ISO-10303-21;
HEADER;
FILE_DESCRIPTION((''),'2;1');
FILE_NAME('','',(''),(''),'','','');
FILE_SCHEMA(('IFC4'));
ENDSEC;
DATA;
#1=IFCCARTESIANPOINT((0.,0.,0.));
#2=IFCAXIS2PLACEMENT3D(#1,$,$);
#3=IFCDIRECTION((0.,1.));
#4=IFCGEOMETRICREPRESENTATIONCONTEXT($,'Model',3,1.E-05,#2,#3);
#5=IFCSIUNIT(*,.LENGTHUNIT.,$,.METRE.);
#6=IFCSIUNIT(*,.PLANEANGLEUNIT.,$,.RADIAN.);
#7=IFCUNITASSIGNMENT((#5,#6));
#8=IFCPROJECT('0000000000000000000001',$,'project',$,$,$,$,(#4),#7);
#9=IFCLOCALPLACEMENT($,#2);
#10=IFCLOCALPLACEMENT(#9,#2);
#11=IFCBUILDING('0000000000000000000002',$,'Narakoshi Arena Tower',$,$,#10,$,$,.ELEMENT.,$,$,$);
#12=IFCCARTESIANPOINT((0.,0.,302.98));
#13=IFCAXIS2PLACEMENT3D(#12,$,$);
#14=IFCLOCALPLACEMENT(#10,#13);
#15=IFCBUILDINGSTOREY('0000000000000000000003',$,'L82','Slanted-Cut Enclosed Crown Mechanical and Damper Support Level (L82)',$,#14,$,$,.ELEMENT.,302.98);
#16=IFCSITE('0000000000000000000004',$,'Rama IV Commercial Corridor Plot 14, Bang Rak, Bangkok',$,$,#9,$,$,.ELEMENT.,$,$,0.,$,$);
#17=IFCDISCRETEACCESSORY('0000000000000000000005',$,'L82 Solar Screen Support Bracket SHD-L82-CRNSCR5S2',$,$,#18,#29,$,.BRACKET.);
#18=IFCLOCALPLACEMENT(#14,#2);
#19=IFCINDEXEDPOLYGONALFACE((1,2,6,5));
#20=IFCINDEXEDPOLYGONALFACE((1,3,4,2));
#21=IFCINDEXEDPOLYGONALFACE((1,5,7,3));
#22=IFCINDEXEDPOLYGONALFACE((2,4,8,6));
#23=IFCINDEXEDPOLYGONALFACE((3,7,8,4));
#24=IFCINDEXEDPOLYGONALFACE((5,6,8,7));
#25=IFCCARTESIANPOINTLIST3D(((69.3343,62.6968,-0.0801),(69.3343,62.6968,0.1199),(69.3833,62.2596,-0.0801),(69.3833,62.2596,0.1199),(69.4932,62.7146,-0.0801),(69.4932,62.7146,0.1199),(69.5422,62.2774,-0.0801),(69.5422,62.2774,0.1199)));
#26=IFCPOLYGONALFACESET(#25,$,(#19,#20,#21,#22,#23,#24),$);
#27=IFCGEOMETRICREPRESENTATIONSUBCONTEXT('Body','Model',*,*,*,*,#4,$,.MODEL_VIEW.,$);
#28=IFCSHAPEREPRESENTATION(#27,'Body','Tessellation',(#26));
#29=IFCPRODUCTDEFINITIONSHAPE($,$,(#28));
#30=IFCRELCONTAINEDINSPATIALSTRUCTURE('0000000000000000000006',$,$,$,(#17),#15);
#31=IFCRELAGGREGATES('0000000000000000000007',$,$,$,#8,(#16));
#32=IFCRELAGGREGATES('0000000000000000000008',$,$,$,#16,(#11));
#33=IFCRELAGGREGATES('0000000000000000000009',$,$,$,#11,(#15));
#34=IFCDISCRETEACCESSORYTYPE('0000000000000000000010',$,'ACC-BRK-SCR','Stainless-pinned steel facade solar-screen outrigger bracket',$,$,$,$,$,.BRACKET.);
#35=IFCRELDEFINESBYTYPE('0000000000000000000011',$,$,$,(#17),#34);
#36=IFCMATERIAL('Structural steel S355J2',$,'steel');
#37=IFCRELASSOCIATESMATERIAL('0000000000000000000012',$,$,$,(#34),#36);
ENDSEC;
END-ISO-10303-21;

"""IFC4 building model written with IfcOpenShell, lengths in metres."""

from ifc_helpers import new_model, si_unit, direction, frame, origin, origin_2d, place, context, subcontext, project, spatial, rectangle, extrude, material, type_object, element, save


model = new_model("IFC4")

# Units and contexts
model_context = context("Model", 3, precision=1e-05, world=origin(), true_north=direction((0.0, 1.0)))
body_context = subcontext(model_context, "Body", "Model", "MODEL_VIEW")
ifc_project = project(units=[si_unit("LENGTHUNIT", "METRE"), si_unit("PLANEANGLEUNIT", "RADIAN")], contexts=[model_context])

# Site, building, storey
site_placement = place(None, origin())
site = spatial("IfcSite", under=ifc_project, at=site_placement, Name="Rama IV Commercial Corridor Plot 14, Bang Rak, Bangkok", CompositionType="ELEMENT", RefElevation=0.0)
building_placement = place(site_placement, origin())
building = spatial("IfcBuilding", under=site, at=building_placement, Name="Narakoshi Arena Tower", CompositionType="ELEMENT")
storey_placement = place(building_placement, frame((0.0, 0.0, 302.98)))
storey = spatial("IfcBuildingStorey", under=building, at=storey_placement, Name="L82", Description="Slanted-Cut Enclosed Crown Mechanical and Damper Support Level (L82)", CompositionType="ELEMENT", Elevation=302.98)

# Shared definitions
ifc_material_1 = material(Name="Structural steel S355J2", Category="steel")

# Discrete accessory
discrete_accessory_type = type_object("IfcDiscreteAccessoryType", Name="ACC-BRK-SCR", Description="Stainless-pinned steel facade solar-screen outrigger bracket", PredefinedType="BRACKET", material=ifc_material_1)
discrete_accessory_placement = place(storey_placement, frame((69.4382, 62.4871, -0.0801), z_axis=(0.0, 0.0, 1.0), x_axis=(0.993776, 0.1114, 0.0)))
element("IfcDiscreteAccessory", 1, at=discrete_accessory_placement, inside=storey, type_object=discrete_accessory_type, Name="L82 Solar Screen Support Bracket SHD-L82-CRNSCR5S2", PredefinedType="BRACKET", context=body_context, shape_type="SweptSolid", body=[
    extrude(rectangle(XDim=0.1599, YDim=0.4399, at=origin_2d()), origin(), (0.0, 0.0, 1.0), 0.2),
])

save(model, "model.ifc")
